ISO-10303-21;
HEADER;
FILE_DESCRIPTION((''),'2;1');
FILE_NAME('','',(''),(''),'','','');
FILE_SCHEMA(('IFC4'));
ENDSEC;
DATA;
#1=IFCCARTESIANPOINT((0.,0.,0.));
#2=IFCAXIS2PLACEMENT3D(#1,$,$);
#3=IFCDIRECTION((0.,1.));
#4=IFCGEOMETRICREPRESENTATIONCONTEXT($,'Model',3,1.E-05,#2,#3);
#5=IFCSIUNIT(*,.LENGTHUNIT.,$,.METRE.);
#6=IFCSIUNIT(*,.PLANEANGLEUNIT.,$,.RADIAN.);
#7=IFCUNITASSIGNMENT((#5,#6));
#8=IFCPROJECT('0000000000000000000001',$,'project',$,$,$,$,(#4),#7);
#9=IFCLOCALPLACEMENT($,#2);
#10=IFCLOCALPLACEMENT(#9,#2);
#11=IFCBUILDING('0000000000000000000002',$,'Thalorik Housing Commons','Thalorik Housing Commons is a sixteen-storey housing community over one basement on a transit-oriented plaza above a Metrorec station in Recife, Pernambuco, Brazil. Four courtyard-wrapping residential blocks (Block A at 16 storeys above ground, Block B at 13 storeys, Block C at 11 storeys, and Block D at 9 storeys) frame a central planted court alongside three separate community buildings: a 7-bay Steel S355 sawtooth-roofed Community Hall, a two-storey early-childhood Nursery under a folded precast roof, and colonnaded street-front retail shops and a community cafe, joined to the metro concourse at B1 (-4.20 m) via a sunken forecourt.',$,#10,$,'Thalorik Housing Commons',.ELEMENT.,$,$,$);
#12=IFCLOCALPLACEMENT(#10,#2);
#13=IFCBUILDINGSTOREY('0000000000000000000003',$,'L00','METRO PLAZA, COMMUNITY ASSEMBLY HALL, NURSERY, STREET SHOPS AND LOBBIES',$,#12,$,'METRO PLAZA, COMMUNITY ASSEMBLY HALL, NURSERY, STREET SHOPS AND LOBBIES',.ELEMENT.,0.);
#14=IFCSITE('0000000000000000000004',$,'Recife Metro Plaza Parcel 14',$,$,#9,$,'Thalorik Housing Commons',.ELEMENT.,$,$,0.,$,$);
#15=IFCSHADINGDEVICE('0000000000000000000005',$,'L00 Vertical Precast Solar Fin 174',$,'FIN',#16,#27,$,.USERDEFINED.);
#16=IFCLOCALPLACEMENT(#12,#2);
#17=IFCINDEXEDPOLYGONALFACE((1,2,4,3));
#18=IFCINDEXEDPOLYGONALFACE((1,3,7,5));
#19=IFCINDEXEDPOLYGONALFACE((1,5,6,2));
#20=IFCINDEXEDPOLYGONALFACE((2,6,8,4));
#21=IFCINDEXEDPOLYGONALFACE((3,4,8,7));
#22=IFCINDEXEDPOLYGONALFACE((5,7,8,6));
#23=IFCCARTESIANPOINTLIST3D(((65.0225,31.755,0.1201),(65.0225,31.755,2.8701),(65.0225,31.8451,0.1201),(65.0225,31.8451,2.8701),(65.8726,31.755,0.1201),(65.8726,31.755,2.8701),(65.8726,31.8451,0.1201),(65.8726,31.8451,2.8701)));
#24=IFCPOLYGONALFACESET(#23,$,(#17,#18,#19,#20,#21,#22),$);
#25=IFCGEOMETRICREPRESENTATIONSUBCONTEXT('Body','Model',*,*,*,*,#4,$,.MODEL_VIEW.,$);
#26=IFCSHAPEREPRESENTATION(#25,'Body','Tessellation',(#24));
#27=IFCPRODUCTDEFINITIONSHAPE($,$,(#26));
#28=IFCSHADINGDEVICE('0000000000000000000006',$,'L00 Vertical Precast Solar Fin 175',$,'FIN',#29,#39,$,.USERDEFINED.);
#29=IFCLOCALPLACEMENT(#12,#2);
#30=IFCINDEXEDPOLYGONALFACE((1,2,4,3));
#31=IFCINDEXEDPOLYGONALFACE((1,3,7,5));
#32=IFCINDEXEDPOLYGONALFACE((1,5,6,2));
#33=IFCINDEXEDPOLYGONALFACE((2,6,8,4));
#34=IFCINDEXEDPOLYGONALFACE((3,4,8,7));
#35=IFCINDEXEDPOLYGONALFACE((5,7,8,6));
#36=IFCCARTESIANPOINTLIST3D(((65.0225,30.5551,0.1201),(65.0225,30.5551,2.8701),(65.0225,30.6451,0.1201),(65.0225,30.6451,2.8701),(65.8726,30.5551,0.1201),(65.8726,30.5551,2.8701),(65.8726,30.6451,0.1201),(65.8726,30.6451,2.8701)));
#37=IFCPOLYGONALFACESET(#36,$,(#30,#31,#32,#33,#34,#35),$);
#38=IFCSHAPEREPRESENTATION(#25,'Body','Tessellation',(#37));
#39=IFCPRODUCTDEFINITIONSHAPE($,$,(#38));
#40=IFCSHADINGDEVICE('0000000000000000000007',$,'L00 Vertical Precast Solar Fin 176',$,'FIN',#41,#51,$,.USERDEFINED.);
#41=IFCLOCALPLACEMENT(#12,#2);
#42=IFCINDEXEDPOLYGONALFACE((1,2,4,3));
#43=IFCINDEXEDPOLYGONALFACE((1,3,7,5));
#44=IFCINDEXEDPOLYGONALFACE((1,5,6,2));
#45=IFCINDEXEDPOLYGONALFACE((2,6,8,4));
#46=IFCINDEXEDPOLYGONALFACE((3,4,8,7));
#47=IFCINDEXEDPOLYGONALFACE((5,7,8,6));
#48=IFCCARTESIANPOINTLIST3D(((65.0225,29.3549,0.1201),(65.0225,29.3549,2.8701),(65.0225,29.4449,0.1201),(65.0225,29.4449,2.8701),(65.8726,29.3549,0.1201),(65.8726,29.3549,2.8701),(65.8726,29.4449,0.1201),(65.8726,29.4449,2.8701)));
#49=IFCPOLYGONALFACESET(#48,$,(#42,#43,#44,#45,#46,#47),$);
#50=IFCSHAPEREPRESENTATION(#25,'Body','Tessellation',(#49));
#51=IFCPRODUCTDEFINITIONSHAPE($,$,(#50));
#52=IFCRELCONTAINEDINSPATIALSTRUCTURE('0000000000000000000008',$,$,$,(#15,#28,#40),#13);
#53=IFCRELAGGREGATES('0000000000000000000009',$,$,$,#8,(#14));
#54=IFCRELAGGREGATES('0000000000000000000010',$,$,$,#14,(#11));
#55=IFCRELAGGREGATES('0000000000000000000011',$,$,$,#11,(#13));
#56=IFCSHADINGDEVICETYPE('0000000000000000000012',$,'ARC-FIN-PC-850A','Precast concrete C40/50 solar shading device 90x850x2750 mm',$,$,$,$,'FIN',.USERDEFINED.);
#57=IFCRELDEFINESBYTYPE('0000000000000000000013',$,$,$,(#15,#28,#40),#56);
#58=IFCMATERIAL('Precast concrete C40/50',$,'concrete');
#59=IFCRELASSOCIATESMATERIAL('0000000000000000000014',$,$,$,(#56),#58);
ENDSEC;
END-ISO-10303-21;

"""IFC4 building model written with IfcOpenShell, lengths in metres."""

from ifc_helpers import new_model, si_unit, direction, frame, origin, origin_2d, place, context, subcontext, project, spatial, rectangle, extrude, material, type_object, element, save


model = new_model("IFC4")

# Units and contexts
model_context = context("Model", 3, precision=1e-05, world=origin(), true_north=direction((0.0, 1.0)))
body_context = subcontext(model_context, "Body", "Model", "MODEL_VIEW")
ifc_project = project(units=[si_unit("LENGTHUNIT", "METRE"), si_unit("PLANEANGLEUNIT", "RADIAN")], contexts=[model_context])

# Site, building, storey
site_placement = place(None, origin())
site = spatial("IfcSite", under=ifc_project, at=site_placement, Name="Recife Metro Plaza Parcel 14", LongName="Thalorik Housing Commons", CompositionType="ELEMENT", RefElevation=0.0)
building_placement = place(site_placement, origin())
building = spatial("IfcBuilding", under=site, at=building_placement, Name="Thalorik Housing Commons", Description="Thalorik Housing Commons is a sixteen-storey housing community over one basement on a transit-oriented plaza above a Metrorec station in Recife, Pernambuco, Brazil. Four courtyard-wrapping residential blocks (Block A at 16 storeys above ground, Block B at 13 storeys, Block C at 11 storeys, and Block D at 9 storeys) frame a central planted court alongside three separate community buildings: a 7-bay Steel S355 sawtooth-roofed Community Hall, a two-storey early-childhood Nursery under a folded precast roof, and colonnaded street-front retail shops and a community cafe, joined to the metro concourse at B1 (-4.20 m) via a sunken forecourt.", LongName="Thalorik Housing Commons", CompositionType="ELEMENT")
storey_placement = place(building_placement, origin())
storey = spatial("IfcBuildingStorey", under=building, at=storey_placement, Name="L00", Description="METRO PLAZA, COMMUNITY ASSEMBLY HALL, NURSERY, STREET SHOPS AND LOBBIES", LongName="METRO PLAZA, COMMUNITY ASSEMBLY HALL, NURSERY, STREET SHOPS AND LOBBIES", CompositionType="ELEMENT", Elevation=0.0)

# Shared definitions
ifc_material_1 = material(Name="Precast concrete C40/50", Category="concrete")

# Shading devices
shading_device_type = type_object("IfcShadingDeviceType", Name="ARC-FIN-PC-850A", Description="Precast concrete C40/50 solar shading device 90x850x2750 mm", ElementType="FIN", PredefinedType="USERDEFINED", material=ifc_material_1)
for number, where, z_axis, x_axis, name in (
    (1, (65.4475, 31.8, 0.1201), (0.0, 0.0, 1.0), (0.0, -1.0, 0.0), "L00 Vertical Precast Solar Fin 174"),
    (2, (65.4475, 30.6001, 0.1201), (0.0, 0.0, 1.0), (0.0, -1.0, 0.0), "L00 Vertical Precast Solar Fin 175"),
    (3, (65.4475, 29.3999, 0.1201), (0.0, 0.0, 1.0), (0.0, -1.0, 0.0), "L00 Vertical Precast Solar Fin 176"),
):
    element("IfcShadingDevice", number, at=place(storey_placement, frame(where, z_axis=z_axis, x_axis=x_axis)), inside=storey, type_object=shading_device_type, Name=name, ObjectType="FIN", PredefinedType="USERDEFINED", context=body_context, shape_type="SweptSolid", body=[
        extrude(rectangle(XDim=0.0901, YDim=0.8501, at=origin_2d()), origin(), (0.0, 0.0, 1.0), 2.75),
    ])

save(model, "model.ifc")
